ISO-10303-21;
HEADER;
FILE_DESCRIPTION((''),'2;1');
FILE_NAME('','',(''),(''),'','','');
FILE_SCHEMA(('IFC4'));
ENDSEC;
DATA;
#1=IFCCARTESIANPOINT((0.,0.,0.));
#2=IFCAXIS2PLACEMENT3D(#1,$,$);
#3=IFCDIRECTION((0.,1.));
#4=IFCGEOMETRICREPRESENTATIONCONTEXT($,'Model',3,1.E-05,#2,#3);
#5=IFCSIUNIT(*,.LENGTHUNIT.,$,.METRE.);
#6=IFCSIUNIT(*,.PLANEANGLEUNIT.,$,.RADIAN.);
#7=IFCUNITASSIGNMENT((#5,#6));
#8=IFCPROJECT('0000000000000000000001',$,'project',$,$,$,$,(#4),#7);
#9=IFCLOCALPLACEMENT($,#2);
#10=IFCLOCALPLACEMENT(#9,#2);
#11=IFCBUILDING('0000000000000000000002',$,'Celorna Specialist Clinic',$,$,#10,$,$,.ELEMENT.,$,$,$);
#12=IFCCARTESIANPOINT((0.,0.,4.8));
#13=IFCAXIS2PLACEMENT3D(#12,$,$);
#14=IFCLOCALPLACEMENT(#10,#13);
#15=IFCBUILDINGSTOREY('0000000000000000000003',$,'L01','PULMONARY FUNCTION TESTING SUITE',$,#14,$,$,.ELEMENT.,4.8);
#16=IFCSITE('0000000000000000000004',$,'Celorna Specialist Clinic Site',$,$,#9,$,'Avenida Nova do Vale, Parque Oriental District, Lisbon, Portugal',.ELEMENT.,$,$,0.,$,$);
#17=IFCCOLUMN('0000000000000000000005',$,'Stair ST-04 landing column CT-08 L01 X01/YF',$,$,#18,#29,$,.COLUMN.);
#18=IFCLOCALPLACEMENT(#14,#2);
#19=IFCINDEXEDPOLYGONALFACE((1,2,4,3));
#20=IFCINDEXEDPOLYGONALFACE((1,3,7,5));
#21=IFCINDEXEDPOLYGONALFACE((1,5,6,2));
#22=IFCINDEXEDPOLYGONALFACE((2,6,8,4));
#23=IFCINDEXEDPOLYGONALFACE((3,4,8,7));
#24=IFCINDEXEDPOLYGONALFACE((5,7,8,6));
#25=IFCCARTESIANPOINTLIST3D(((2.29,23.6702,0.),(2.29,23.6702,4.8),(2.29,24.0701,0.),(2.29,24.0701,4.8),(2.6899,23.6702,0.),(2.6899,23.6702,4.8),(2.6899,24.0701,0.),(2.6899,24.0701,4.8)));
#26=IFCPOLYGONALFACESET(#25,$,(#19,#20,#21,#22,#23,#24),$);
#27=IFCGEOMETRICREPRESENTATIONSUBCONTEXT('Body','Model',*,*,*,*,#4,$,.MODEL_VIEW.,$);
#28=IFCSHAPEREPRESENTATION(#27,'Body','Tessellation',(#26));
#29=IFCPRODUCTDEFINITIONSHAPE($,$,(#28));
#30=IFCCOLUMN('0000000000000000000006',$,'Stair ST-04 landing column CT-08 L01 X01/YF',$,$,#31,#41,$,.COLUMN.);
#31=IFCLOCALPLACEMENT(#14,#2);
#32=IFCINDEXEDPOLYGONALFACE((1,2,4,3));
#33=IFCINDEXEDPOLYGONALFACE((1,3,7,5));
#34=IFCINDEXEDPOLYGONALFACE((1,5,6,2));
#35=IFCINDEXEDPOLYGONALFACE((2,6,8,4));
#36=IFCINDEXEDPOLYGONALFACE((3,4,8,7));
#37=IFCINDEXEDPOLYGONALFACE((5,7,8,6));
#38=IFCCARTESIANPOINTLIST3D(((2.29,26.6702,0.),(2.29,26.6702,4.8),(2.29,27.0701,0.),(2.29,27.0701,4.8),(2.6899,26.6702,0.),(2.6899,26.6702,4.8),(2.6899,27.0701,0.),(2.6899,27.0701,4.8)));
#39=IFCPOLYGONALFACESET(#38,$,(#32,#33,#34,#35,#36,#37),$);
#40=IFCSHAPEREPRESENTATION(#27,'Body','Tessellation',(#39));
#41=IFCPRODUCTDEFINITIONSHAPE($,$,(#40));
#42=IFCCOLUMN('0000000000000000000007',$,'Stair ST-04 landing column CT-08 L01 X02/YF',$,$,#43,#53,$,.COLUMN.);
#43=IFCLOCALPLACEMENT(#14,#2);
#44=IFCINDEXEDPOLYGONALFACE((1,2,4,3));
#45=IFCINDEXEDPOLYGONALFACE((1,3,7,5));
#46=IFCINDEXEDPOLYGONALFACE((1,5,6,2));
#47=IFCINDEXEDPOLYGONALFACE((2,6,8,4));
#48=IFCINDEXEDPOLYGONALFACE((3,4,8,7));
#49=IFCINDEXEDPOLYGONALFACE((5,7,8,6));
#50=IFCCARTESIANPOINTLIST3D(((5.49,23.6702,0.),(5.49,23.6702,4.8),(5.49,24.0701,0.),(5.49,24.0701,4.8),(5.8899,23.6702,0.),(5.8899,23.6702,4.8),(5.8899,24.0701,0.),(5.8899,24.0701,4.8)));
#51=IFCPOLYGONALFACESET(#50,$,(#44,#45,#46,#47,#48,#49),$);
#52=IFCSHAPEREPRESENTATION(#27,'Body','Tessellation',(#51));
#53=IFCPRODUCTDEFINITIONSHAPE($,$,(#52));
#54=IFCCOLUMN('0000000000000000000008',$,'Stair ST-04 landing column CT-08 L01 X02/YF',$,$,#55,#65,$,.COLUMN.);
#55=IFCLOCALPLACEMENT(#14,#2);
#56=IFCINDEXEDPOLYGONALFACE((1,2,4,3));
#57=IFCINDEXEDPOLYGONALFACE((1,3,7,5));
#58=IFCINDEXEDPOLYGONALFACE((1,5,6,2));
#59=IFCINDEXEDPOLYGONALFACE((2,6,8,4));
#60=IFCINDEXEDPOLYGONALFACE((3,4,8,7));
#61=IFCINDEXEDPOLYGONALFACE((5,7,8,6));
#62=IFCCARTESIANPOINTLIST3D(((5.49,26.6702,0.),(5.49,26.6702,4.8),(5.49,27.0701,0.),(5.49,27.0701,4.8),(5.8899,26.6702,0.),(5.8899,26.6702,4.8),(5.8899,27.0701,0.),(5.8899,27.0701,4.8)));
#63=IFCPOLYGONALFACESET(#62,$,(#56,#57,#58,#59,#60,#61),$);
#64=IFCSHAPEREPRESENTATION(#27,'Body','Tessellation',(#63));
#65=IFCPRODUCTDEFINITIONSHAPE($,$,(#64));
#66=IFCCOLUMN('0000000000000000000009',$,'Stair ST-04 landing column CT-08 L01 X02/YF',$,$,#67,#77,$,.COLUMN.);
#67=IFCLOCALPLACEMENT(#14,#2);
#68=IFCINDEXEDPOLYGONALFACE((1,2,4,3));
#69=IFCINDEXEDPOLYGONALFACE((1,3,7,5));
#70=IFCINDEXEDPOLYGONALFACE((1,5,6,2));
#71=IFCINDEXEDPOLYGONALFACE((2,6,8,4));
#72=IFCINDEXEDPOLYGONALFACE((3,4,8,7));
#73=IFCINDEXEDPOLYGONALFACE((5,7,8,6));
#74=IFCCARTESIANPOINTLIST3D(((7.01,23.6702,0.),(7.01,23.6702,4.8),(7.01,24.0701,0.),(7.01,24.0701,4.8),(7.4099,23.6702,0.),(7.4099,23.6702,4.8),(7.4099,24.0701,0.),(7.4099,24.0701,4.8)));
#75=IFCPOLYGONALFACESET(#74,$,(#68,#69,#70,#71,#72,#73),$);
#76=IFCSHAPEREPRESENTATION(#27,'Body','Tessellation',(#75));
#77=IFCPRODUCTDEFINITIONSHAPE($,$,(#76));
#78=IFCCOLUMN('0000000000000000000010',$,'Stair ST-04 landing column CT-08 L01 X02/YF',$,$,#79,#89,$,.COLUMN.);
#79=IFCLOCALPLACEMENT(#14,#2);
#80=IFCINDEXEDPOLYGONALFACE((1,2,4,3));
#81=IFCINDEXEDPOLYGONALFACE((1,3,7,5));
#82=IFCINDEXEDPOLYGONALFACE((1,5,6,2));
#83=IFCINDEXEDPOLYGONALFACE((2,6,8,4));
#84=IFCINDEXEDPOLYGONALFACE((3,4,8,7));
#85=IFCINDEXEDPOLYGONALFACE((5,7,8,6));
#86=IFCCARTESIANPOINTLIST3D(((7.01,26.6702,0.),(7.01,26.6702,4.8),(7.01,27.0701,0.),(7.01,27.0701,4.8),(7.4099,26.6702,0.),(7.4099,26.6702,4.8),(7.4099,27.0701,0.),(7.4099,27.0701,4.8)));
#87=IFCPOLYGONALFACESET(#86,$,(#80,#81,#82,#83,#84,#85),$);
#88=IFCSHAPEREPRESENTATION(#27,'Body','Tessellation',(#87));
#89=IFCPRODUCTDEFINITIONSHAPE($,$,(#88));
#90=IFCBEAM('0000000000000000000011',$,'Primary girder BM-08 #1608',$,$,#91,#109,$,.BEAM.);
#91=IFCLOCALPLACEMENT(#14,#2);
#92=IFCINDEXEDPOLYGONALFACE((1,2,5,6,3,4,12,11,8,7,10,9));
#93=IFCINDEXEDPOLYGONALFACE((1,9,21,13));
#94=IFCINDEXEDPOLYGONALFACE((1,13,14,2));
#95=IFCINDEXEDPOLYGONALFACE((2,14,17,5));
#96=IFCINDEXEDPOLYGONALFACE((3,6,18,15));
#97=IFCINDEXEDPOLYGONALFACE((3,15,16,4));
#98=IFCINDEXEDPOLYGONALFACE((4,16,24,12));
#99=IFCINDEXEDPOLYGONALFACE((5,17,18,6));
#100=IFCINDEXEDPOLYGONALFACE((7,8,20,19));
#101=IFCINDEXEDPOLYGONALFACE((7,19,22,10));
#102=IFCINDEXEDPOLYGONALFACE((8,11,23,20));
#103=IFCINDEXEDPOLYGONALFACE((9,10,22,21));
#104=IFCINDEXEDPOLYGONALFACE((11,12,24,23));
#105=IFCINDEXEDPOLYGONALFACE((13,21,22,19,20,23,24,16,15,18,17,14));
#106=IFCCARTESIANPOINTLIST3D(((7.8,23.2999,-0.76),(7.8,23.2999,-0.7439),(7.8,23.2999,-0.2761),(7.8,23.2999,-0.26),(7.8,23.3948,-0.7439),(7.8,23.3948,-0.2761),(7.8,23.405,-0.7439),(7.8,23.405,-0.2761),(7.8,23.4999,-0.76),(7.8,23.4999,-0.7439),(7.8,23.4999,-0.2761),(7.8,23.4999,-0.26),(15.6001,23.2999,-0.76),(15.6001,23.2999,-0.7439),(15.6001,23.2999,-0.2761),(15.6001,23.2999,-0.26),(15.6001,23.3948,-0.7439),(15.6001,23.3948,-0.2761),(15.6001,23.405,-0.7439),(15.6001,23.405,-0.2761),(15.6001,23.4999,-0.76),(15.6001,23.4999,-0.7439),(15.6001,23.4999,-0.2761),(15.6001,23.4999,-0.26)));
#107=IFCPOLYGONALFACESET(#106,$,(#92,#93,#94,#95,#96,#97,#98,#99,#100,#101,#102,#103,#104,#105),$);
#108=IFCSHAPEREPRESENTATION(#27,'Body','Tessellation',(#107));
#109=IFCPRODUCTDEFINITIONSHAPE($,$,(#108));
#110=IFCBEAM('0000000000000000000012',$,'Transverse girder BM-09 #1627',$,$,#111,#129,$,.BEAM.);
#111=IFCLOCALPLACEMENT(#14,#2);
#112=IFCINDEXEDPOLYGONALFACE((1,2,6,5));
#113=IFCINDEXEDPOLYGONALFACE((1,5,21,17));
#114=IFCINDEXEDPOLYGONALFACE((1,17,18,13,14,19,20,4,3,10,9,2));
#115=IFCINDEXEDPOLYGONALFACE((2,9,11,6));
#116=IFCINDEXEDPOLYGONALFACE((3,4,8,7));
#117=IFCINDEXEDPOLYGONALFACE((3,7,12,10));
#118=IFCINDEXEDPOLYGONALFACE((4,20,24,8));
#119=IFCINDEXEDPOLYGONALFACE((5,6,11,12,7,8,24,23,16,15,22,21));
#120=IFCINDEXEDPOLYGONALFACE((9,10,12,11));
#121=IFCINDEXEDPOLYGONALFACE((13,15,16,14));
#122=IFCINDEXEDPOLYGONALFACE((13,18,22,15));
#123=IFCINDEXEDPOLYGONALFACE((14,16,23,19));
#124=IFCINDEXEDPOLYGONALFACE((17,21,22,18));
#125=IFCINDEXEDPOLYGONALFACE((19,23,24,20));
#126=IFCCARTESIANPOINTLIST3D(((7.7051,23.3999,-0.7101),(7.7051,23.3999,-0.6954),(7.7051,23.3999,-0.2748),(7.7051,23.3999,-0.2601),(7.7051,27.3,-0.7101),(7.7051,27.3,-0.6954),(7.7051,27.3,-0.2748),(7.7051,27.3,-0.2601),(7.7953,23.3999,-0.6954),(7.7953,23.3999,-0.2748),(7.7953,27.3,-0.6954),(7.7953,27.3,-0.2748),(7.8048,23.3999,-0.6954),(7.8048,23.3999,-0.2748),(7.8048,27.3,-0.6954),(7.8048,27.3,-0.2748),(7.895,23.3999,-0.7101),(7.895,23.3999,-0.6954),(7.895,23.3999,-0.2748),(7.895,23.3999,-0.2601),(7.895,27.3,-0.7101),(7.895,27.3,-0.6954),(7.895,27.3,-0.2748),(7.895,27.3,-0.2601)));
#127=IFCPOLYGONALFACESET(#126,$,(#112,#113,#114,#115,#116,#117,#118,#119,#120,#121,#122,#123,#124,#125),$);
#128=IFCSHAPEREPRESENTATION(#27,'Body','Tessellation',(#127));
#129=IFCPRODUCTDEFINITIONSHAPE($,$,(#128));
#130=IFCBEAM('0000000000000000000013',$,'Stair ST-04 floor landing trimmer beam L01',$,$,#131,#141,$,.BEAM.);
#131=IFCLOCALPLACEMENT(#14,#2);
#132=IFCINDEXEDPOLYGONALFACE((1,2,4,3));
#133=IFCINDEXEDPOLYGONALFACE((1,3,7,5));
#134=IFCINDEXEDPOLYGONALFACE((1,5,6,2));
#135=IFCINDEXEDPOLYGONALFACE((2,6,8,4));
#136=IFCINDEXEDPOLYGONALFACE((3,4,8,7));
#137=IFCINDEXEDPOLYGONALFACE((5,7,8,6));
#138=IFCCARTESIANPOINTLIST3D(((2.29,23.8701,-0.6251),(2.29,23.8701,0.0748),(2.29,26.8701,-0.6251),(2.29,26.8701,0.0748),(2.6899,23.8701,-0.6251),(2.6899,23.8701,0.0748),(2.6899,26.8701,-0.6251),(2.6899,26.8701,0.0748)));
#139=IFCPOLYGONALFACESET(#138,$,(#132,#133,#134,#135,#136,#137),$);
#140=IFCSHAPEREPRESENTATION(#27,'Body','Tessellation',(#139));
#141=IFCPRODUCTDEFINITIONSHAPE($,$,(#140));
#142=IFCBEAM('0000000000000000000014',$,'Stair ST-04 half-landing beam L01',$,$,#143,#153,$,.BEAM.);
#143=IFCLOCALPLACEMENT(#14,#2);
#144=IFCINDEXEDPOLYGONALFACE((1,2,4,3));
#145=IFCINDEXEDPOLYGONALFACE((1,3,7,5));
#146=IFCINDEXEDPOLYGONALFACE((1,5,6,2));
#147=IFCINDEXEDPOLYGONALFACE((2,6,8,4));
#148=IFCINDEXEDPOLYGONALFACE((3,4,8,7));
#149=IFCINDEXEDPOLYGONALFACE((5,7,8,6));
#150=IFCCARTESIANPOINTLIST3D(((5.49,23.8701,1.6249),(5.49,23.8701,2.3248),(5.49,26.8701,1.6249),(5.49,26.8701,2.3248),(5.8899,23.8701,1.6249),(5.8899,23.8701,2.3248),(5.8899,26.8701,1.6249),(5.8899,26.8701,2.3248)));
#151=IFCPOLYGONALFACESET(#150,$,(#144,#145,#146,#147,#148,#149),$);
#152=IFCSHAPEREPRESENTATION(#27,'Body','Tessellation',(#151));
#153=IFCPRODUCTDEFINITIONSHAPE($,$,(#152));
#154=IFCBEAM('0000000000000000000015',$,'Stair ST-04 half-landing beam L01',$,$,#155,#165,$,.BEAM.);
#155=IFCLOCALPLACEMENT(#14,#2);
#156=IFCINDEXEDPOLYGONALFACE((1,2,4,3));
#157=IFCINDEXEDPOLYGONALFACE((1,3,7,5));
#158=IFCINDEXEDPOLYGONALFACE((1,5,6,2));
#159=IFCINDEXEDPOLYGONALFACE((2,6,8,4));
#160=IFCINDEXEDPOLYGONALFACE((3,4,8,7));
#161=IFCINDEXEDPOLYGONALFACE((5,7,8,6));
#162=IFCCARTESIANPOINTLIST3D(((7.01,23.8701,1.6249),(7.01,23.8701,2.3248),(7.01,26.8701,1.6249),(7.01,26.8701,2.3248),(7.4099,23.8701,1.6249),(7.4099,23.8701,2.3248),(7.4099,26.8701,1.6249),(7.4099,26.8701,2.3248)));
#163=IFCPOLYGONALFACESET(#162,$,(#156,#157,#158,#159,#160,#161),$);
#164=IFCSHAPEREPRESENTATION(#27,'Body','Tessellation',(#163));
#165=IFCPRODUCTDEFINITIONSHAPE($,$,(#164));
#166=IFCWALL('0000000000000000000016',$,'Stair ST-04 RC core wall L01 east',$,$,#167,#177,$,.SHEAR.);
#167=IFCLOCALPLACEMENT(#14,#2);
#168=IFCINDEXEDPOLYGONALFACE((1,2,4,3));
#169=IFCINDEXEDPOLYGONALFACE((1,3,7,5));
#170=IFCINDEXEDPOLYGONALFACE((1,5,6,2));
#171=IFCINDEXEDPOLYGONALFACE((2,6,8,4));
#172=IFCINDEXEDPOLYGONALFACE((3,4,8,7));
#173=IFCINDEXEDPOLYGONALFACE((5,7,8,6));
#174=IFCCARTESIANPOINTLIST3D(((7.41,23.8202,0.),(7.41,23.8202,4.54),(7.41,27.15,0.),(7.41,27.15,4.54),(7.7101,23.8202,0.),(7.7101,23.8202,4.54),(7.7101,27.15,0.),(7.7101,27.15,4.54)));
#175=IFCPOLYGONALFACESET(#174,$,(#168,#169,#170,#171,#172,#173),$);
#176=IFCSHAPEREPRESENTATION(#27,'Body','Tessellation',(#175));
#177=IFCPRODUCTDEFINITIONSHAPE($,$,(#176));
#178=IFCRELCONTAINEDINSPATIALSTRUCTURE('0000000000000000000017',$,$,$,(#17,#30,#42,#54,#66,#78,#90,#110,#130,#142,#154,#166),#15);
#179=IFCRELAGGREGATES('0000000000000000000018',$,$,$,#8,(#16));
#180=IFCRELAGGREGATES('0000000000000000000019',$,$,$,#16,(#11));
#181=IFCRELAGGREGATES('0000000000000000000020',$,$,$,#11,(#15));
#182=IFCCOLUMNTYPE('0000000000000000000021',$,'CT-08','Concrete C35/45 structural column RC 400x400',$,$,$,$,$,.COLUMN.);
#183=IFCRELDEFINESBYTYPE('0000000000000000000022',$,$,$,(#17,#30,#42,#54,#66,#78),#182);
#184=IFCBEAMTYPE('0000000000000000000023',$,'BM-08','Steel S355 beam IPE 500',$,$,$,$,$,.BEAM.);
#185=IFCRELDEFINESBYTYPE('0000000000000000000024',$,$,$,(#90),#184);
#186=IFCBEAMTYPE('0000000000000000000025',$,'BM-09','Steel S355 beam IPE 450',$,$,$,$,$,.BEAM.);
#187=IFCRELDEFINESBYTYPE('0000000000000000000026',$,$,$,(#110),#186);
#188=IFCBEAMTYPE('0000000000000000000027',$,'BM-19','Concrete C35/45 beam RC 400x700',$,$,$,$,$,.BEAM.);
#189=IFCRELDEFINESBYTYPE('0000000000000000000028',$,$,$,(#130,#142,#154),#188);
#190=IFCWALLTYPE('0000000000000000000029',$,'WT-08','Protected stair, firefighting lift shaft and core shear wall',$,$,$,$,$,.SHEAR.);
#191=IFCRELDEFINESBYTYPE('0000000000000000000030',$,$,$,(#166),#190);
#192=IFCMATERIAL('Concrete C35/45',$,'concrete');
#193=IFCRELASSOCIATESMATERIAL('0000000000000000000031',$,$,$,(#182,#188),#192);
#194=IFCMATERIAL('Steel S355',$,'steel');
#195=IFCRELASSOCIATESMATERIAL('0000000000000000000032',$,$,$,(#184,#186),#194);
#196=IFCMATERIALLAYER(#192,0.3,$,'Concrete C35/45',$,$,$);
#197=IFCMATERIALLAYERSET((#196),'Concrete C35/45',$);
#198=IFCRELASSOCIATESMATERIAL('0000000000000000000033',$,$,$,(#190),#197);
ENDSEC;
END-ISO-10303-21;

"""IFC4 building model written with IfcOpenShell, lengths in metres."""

from ifc_helpers import new_model, si_unit, direction, frame, frame_2d, origin, origin_2d, place, context, subcontext, project, spatial, rectangle, i_section, extrude, material, layer, layer_set, material_profile, profile_set, type_object, element, save


model = new_model("IFC4")

# Units and contexts
model_context = context("Model", 3, precision=1e-05, world=origin(), true_north=direction((0.0, 1.0)))
body_context = subcontext(model_context, "Body", "Model", "MODEL_VIEW")
ifc_project = project(units=[si_unit("LENGTHUNIT", "METRE"), si_unit("PLANEANGLEUNIT", "RADIAN")], contexts=[model_context])

# Site, building, storey
site_placement = place(None, origin())
site = spatial("IfcSite", under=ifc_project, at=site_placement, Name="Celorna Specialist Clinic Site", LongName="Avenida Nova do Vale, Parque Oriental District, Lisbon, Portugal", CompositionType="ELEMENT", RefElevation=0.0)
building_placement = place(site_placement, origin())
building = spatial("IfcBuilding", under=site, at=building_placement, Name="Celorna Specialist Clinic", CompositionType="ELEMENT")
storey_placement = place(building_placement, frame((0.0, 0.0, 4.8)))
storey = spatial("IfcBuildingStorey", under=building, at=storey_placement, Name="L01", Description="PULMONARY FUNCTION TESTING SUITE", CompositionType="ELEMENT", Elevation=4.8)

# Columns
ifc_material_1 = material(Name="Concrete C35/45", Category="concrete")
ifc_material_profile_1 = material_profile(ifc_material_1, rectangle(XDim=0.3999, YDim=0.3999, at=origin_2d()), Name="RC 400x400")
ifc_profile_set_1 = profile_set([ifc_material_profile_1], Name="Concrete C35/45")
column_type = type_object("IfcColumnType", Name="CT-08", Description="Concrete C35/45 structural column RC 400x400", PredefinedType="COLUMN", material=ifc_profile_set_1)
for number, where, z_axis, x_axis, name in (
    (1, (2.49, 23.8701, 0.0), (0.0, 0.0, 1.0), (1.0, 0.0, 0.0), "Stair ST-04 landing column CT-08 L01 X01/YF"),
    (2, (2.49, 26.8701, 0.0), (0.0, 0.0, 1.0), (1.0, 0.0, 0.0), "Stair ST-04 landing column CT-08 L01 X01/YF"),
    (3, (5.6899, 23.8701, 0.0), (0.0, 0.0, 1.0), (1.0, 0.0, 0.0), "Stair ST-04 landing column CT-08 L01 X02/YF"),
    (4, (5.6899, 26.8701, 0.0), (0.0, 0.0, 1.0), (1.0, 0.0, 0.0), "Stair ST-04 landing column CT-08 L01 X02/YF"),
    (5, (7.21, 23.8701, 0.0), (0.0, 0.0, 1.0), (1.0, 0.0, 0.0), "Stair ST-04 landing column CT-08 L01 X02/YF"),
    (6, (7.21, 26.8701, 0.0), (0.0, 0.0, 1.0), (1.0, 0.0, 0.0), "Stair ST-04 landing column CT-08 L01 X02/YF"),
):
    element("IfcColumn", number, at=place(storey_placement, frame(where, z_axis=z_axis, x_axis=x_axis)), inside=storey, type_object=column_type, Name=name, PredefinedType="COLUMN", context=body_context, shape_type="SweptSolid", body=[
        extrude(rectangle(XDim=0.3999, YDim=0.3999, at=origin_2d()), origin(), (0.0, 0.0, 1.0), 4.8),
    ])

# Beams
ifc_material_2 = material(Name="Steel S355", Category="steel")
ifc_material_profile_2 = material_profile(ifc_material_2, i_section(OverallWidth=0.2, OverallDepth=0.5, WebThickness=0.0103, FlangeThickness=0.0161, at=origin_2d()), Name="IPE 500")
ifc_profile_set_2 = profile_set([ifc_material_profile_2], Name="Steel S355")
beam_type_1 = type_object("IfcBeamType", Name="BM-08", Description="Steel S355 beam IPE 500", PredefinedType="BEAM", material=ifc_profile_set_2)
beam_1_placement = place(storey_placement, frame((7.8, 23.3999, -0.51), z_axis=(1.0, 0.0, 0.0), x_axis=(0.0, 1.0, 0.0)))
element("IfcBeam", 7, at=beam_1_placement, inside=storey, type_object=beam_type_1, Name="Primary girder BM-08 #1608", PredefinedType="BEAM", context=body_context, shape_type="SweptSolid", body=[
    extrude(i_section(OverallWidth=0.2, OverallDepth=0.5, WebThickness=0.0103, FlangeThickness=0.0161, at=origin_2d()), origin(), (0.0, 0.0, 1.0), 7.8),
])
ifc_material_profile_3 = material_profile(ifc_material_2, i_section(OverallWidth=0.1899, OverallDepth=0.45, WebThickness=0.0095, FlangeThickness=0.0146, at=origin_2d()), Name="IPE 450")
ifc_profile_set_3 = profile_set([ifc_material_profile_3], Name="Steel S355")
beam_type_2 = type_object("IfcBeamType", Name="BM-09", Description="Steel S355 beam IPE 450", PredefinedType="BEAM", material=ifc_profile_set_3)
beam_2_placement = place(storey_placement, frame((7.8, 23.3999, -0.4851), z_axis=(0.0, 1.0, 0.0), x_axis=(-1.0, 0.0, 0.0)))
element("IfcBeam", 8, at=beam_2_placement, inside=storey, type_object=beam_type_2, Name="Transverse girder BM-09 #1627", PredefinedType="BEAM", context=body_context, shape_type="SweptSolid", body=[
    extrude(i_section(OverallWidth=0.1899, OverallDepth=0.45, WebThickness=0.0095, FlangeThickness=0.0146, at=origin_2d()), origin(), (0.0, 0.0, 1.0), 3.9001),
])
ifc_material_profile_4 = material_profile(ifc_material_1, rectangle(XDim=0.3999, YDim=0.7, at=origin_2d()), Name="RC 400x700")
ifc_profile_set_4 = profile_set([ifc_material_profile_4], Name="Concrete C35/45")
beam_type_3 = type_object("IfcBeamType", Name="BM-19", Description="Concrete C35/45 beam RC 400x700", PredefinedType="BEAM", material=ifc_profile_set_4)
for number, where, z_axis, x_axis, name in (
    (9, (2.49, 23.8701, -0.2751), (0.0, 1.0, 0.0), (-1.0, 0.0, 0.0), "Stair ST-04 floor landing trimmer beam L01"),
    (10, (5.6899, 23.8701, 1.9749), (0.0, 1.0, 0.0), (-1.0, 0.0, 0.0), "Stair ST-04 half-landing beam L01"),
    (11, (7.21, 23.8701, 1.9749), (0.0, 1.0, 0.0), (-1.0, 0.0, 0.0), "Stair ST-04 half-landing beam L01"),
):
    element("IfcBeam", number, at=place(storey_placement, frame(where, z_axis=z_axis, x_axis=x_axis)), inside=storey, type_object=beam_type_3, Name=name, PredefinedType="BEAM", context=body_context, shape_type="SweptSolid", body=[
        extrude(rectangle(XDim=0.3999, YDim=0.7, at=origin_2d()), origin(), (0.0, 0.0, 1.0), 3.0),
    ])

# Wall
ifc_layer = layer(ifc_material_1, 0.3, Name="Concrete C35/45")
ifc_layer_set = layer_set([ifc_layer], Name="Concrete C35/45")
wall_type = type_object("IfcWallType", Name="WT-08", Description="Protected stair, firefighting lift shaft and core shear wall", PredefinedType="SHEAR", material=ifc_layer_set)
wall_placement = place(storey_placement, frame((7.5601, 23.8201, 0.0), z_axis=(0.0, 0.0, 1.0), x_axis=(0.0, 1.0, 0.0)))
element("IfcWall", 12, at=wall_placement, inside=storey, type_object=wall_type, Name="Stair ST-04 RC core wall L01 east", PredefinedType="SHEAR", context=body_context, shape_type="SweptSolid", body=[
    extrude(rectangle(XDim=3.3298, YDim=0.3, at=frame_2d((1.665, 0.0))), origin(), (0.0, 0.0, 1.0), 4.54),
])

save(model, "model.ifc")
